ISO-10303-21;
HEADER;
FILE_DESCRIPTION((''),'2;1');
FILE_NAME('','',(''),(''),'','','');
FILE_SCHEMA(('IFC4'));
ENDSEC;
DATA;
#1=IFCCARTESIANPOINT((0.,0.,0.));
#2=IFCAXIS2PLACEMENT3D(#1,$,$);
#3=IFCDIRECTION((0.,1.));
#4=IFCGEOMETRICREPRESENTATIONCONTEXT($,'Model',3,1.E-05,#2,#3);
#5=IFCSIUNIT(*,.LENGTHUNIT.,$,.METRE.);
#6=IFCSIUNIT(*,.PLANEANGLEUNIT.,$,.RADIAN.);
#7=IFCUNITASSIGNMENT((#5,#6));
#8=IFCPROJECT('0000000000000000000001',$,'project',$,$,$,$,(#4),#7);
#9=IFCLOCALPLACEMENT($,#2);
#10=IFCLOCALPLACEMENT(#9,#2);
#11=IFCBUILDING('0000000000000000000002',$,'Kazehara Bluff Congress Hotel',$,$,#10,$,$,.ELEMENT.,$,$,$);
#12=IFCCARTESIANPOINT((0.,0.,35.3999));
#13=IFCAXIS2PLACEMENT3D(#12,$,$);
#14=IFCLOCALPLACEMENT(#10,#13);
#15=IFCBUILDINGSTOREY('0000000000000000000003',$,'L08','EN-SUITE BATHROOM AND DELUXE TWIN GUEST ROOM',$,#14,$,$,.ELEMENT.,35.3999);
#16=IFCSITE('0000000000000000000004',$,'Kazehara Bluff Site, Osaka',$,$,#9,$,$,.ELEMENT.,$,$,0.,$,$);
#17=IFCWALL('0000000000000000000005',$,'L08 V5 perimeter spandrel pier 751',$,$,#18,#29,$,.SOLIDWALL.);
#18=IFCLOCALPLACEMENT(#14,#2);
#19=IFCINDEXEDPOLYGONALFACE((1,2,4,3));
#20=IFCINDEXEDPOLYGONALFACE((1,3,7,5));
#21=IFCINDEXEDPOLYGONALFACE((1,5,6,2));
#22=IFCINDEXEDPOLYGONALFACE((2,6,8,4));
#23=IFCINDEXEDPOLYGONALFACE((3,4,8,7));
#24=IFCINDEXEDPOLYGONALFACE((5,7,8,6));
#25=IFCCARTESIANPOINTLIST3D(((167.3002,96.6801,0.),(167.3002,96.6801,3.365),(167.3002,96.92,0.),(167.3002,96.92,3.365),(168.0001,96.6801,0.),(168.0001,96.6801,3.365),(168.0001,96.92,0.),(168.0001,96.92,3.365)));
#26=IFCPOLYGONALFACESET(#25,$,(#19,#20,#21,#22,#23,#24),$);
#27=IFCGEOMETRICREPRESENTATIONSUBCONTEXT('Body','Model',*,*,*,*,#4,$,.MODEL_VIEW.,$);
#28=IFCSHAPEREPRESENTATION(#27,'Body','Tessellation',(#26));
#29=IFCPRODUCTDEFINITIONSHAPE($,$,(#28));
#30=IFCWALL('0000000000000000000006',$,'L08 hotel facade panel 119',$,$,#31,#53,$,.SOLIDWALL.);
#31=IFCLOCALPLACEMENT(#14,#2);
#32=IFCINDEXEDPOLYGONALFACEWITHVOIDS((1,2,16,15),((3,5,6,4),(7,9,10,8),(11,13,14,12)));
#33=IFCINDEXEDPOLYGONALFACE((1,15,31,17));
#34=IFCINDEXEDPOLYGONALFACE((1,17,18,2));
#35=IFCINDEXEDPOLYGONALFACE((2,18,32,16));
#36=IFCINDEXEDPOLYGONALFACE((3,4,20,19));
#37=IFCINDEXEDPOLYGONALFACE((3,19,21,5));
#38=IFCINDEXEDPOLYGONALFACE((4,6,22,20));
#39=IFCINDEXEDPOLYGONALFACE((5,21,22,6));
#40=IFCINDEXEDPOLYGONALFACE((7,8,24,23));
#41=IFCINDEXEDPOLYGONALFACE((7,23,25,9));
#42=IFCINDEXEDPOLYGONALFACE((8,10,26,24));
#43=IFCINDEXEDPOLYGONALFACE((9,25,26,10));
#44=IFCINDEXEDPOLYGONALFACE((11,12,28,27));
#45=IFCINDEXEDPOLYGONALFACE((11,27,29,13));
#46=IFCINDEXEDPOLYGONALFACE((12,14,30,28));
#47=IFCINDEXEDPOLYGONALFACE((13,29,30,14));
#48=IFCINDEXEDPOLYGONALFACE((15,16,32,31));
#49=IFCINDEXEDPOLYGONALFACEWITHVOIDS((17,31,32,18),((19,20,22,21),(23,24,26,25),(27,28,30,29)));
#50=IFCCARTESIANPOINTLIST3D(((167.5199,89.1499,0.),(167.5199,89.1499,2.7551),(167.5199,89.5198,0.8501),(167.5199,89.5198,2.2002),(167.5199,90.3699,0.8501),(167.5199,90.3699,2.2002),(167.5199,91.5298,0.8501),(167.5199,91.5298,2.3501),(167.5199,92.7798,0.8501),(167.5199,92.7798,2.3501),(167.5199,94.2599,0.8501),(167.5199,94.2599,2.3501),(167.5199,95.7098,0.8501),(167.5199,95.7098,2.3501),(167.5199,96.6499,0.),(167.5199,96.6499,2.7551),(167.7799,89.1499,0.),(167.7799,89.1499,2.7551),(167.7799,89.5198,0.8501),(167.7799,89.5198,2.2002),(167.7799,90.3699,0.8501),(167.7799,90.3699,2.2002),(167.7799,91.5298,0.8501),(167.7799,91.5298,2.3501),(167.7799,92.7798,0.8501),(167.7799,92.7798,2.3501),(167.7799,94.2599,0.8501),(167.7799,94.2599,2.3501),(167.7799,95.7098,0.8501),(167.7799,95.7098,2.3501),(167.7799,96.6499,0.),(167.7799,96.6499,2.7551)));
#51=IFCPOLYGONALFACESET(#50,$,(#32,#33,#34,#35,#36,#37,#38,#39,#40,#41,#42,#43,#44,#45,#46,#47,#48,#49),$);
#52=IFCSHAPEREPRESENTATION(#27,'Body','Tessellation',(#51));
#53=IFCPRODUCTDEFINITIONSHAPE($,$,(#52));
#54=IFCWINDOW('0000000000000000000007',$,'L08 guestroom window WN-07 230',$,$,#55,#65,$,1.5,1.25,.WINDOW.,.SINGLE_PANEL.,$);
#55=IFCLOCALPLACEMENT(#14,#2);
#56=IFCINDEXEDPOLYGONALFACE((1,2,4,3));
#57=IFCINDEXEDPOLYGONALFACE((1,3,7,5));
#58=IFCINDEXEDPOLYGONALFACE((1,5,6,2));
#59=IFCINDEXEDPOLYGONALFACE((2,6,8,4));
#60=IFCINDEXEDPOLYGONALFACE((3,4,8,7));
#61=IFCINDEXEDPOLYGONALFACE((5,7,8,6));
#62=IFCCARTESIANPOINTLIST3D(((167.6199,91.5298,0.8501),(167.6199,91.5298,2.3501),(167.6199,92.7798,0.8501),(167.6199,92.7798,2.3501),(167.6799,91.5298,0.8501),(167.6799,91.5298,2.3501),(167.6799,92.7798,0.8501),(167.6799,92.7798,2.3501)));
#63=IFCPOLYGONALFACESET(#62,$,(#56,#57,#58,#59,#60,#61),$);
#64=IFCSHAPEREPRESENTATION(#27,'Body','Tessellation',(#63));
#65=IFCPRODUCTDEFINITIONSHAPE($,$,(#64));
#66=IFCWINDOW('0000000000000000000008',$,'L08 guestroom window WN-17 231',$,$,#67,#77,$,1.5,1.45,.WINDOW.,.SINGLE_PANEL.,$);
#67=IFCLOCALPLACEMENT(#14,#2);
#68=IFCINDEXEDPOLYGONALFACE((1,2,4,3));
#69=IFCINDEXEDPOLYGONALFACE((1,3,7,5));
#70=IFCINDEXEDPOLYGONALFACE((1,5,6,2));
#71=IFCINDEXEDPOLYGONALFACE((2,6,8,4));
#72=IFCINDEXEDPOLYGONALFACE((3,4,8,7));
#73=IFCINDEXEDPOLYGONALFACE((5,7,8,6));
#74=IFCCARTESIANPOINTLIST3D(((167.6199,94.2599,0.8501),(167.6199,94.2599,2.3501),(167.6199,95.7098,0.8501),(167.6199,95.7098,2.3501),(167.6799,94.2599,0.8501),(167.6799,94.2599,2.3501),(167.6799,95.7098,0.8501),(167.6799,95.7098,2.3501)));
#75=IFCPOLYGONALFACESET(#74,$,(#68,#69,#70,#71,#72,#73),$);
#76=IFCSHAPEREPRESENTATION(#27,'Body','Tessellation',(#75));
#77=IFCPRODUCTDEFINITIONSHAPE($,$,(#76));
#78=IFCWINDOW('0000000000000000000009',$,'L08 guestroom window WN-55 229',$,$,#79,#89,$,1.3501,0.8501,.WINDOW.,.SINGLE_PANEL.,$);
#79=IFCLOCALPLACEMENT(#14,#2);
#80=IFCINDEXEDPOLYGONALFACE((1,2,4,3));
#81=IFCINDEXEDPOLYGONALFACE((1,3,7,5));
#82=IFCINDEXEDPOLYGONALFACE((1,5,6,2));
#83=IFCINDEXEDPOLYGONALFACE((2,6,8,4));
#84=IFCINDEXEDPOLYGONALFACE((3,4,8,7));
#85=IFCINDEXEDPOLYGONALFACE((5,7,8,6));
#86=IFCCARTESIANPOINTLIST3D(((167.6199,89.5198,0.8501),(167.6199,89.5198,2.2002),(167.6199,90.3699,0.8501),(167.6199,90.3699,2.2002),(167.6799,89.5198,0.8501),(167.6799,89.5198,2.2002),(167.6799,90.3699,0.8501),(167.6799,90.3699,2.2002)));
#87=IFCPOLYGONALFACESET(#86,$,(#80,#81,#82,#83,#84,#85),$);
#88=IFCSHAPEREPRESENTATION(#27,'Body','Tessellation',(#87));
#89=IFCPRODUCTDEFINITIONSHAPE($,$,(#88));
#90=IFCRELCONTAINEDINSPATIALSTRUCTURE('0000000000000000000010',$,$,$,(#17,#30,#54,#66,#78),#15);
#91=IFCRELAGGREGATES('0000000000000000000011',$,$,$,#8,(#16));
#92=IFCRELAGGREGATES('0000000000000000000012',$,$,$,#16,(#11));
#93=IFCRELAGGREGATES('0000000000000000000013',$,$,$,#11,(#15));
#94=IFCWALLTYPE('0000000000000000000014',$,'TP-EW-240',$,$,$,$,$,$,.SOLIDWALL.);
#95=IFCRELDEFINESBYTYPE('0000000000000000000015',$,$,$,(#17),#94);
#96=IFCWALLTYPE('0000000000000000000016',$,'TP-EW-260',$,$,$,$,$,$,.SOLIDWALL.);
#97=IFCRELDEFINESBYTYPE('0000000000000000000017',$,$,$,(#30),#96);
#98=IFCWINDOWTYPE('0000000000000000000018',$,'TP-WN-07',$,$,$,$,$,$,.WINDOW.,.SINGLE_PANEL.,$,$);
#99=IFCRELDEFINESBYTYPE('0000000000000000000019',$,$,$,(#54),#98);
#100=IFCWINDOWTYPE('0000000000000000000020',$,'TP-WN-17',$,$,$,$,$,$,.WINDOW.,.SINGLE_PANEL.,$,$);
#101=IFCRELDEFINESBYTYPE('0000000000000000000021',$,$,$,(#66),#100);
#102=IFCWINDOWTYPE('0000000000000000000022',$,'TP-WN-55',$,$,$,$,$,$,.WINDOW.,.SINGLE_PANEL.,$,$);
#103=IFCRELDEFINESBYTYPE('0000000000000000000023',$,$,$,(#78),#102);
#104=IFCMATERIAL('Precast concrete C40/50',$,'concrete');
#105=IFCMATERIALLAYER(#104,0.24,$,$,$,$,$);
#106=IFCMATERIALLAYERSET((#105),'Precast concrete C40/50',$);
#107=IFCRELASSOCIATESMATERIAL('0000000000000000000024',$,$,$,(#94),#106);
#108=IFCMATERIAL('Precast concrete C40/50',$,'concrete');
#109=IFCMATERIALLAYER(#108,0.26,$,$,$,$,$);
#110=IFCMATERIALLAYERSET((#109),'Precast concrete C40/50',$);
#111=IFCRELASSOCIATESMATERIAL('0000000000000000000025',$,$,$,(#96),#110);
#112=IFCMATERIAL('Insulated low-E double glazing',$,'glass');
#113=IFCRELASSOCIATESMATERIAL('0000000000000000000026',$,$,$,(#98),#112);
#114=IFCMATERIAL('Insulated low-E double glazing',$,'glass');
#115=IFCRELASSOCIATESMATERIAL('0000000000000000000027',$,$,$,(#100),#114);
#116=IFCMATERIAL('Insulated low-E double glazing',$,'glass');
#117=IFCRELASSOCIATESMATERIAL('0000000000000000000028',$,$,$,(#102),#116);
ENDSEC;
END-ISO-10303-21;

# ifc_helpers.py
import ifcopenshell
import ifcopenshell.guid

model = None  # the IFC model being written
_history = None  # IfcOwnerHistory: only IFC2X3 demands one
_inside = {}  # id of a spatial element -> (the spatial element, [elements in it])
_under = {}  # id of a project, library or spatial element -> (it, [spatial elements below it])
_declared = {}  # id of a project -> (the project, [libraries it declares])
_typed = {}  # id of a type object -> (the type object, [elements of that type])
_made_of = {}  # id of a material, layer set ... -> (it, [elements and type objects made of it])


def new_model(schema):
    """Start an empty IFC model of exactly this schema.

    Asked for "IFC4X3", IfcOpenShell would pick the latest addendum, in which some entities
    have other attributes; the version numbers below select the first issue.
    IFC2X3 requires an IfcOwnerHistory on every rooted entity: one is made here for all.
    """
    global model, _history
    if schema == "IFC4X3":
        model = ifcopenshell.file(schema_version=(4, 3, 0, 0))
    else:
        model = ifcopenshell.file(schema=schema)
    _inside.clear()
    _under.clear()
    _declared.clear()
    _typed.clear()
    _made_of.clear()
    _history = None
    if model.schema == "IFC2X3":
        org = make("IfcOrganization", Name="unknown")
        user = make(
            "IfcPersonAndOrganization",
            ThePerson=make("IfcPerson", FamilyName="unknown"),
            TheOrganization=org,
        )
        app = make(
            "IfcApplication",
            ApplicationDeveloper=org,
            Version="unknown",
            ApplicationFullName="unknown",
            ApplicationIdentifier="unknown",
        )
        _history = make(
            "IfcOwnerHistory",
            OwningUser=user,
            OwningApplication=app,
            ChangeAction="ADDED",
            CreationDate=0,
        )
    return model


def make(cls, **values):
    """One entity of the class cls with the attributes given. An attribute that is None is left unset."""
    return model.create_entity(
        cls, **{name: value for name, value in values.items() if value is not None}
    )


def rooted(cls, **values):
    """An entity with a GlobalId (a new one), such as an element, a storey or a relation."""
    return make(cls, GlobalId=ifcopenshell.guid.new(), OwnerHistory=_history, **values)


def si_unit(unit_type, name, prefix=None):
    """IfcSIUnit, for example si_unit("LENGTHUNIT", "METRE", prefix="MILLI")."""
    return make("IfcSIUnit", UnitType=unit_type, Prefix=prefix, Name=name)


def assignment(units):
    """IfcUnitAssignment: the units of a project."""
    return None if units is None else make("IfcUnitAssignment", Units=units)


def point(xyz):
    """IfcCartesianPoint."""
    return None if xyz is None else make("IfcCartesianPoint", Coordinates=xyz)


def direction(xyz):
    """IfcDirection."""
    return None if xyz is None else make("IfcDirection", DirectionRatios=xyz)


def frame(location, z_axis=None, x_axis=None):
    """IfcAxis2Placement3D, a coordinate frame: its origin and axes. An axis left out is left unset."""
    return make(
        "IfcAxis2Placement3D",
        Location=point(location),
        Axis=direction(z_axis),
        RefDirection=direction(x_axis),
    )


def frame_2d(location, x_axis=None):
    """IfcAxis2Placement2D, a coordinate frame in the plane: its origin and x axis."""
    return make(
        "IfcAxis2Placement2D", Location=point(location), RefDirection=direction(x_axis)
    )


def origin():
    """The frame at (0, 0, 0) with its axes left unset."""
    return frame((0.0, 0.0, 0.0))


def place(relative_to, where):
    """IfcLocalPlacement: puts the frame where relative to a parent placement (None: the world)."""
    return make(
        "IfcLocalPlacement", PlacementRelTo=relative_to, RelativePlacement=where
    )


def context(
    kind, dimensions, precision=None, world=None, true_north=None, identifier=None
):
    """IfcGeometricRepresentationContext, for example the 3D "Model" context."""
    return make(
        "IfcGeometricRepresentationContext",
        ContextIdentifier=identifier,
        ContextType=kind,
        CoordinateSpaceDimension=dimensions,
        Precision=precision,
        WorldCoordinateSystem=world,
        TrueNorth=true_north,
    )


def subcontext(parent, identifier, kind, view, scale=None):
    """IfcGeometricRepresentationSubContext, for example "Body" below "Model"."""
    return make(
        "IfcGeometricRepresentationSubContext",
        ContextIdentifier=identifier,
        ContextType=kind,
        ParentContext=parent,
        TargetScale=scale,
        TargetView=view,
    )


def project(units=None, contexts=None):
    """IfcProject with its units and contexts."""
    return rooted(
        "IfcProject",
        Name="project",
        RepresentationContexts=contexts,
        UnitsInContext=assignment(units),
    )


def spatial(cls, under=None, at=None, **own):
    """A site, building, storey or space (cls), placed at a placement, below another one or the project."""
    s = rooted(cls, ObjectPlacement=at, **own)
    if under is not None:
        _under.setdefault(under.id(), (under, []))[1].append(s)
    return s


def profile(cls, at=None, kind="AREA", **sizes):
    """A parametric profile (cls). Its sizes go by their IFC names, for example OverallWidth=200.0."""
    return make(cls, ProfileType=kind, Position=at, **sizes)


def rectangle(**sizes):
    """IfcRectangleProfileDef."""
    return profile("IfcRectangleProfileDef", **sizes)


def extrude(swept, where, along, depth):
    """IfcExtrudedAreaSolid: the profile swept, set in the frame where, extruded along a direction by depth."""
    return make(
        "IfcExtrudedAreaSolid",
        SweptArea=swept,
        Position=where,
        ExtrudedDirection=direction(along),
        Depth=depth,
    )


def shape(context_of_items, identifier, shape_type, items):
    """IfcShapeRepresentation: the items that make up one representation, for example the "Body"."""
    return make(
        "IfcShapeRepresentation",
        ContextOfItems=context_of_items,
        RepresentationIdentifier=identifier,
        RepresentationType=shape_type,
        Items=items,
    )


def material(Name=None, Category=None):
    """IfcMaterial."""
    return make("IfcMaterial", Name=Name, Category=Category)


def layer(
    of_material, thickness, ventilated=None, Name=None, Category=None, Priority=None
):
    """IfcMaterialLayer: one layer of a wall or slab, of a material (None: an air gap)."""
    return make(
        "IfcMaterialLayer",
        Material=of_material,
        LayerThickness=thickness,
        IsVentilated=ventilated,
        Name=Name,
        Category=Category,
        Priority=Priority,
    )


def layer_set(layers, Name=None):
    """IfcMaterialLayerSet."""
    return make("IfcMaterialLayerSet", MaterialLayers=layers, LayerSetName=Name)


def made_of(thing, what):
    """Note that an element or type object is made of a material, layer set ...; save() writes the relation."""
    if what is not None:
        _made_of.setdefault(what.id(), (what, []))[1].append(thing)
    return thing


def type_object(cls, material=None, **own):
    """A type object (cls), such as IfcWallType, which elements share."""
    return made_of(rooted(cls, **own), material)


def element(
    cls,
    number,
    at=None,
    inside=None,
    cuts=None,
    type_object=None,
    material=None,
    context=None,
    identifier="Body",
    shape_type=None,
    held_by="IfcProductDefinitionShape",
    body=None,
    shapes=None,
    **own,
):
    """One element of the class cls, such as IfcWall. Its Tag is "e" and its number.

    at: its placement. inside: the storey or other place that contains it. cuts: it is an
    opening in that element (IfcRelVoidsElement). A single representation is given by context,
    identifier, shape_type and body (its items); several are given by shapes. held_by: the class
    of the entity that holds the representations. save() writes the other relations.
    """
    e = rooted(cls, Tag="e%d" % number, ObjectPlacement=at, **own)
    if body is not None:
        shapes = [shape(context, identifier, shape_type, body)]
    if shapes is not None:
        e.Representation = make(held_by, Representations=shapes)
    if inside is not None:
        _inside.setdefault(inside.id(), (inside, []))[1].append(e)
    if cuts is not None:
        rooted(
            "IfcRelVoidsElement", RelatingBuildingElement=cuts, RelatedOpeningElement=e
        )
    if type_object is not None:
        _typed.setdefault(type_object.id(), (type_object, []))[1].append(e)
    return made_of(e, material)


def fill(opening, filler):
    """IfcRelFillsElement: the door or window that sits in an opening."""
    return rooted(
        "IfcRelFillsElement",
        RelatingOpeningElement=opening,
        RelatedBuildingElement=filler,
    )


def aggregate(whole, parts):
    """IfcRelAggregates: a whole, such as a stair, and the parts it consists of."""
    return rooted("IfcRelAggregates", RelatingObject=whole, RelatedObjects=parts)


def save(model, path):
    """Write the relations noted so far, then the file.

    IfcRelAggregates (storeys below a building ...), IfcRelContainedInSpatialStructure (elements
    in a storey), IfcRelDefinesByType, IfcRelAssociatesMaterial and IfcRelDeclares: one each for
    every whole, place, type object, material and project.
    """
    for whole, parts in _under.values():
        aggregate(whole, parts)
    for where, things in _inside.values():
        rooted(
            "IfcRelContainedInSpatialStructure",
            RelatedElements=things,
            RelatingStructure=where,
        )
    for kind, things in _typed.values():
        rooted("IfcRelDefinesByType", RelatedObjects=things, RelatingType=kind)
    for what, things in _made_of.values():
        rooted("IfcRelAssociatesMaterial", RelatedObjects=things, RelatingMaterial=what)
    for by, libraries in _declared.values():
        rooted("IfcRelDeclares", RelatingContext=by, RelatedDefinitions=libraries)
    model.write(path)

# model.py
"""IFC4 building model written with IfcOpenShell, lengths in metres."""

from ifc_helpers import new_model, si_unit, direction, frame, frame_2d, origin, place, context, subcontext, project, spatial, rectangle, extrude, material, layer, layer_set, type_object, element, fill, save


model = new_model("IFC4")

# Units and contexts
model_context = context("Model", 3, precision=1e-05, world=origin(), true_north=direction((0.0, 1.0)))
body_context = subcontext(model_context, "Body", "Model", "MODEL_VIEW")
ifc_project = project(units=[si_unit("LENGTHUNIT", "METRE"), si_unit("PLANEANGLEUNIT", "RADIAN")], contexts=[model_context])

# Site, building, storey
site_placement = place(None, origin())
site = spatial("IfcSite", under=ifc_project, at=site_placement, Name="Kazehara Bluff Site, Osaka", CompositionType="ELEMENT", RefElevation=0.0)
building_placement = place(site_placement, origin())
building = spatial("IfcBuilding", under=site, at=building_placement, Name="Kazehara Bluff Congress Hotel", CompositionType="ELEMENT")
storey_placement = place(building_placement, frame((0.0, 0.0, 35.3999)))
storey = spatial("IfcBuildingStorey", under=building, at=storey_placement, Name="L08", Description="EN-SUITE BATHROOM AND DELUXE TWIN GUEST ROOM", CompositionType="ELEMENT", Elevation=35.3999)

# Wall
ifc_material_1 = material(Name="Precast concrete C40/50", Category="concrete")
ifc_layer_1 = layer(ifc_material_1, 0.24)
ifc_layer_set_1 = layer_set([ifc_layer_1], Name="Precast concrete C40/50")
wall_type_1 = type_object("IfcWallType", Name="TP-EW-240", PredefinedType="SOLIDWALL", material=ifc_layer_set_1)
wall_1_placement = place(storey_placement, frame((167.3, 96.8, 0.0), z_axis=(0.0, 0.0, 1.0), x_axis=(1.0, 0.0, 0.0)))
element("IfcWall", 1, at=wall_1_placement, inside=storey, type_object=wall_type_1, Name="L08 V5 perimeter spandrel pier 751", PredefinedType="SOLIDWALL", context=body_context, shape_type="SweptSolid", body=[
    extrude(rectangle(XDim=0.7, YDim=0.24, at=frame_2d((0.3501, 0.0))), origin(), (0.0, 0.0, 1.0), 3.365),
])

# Wall, openings, windows
ifc_material_2 = material(Name="Precast concrete C40/50", Category="concrete")
ifc_layer_2 = layer(ifc_material_2, 0.26)
ifc_layer_set_2 = layer_set([ifc_layer_2], Name="Precast concrete C40/50")
wall_type_2 = type_object("IfcWallType", Name="TP-EW-260", PredefinedType="SOLIDWALL", material=ifc_layer_set_2)
wall_2_placement = place(storey_placement, frame((167.6499, 96.6499, 0.0), z_axis=(0.0, 0.0, 1.0), x_axis=(0.0, -1.0, 0.0)))
wall_2 = element("IfcWall", 2, at=wall_2_placement, inside=storey, type_object=wall_type_2, Name="L08 hotel facade panel 119", PredefinedType="SOLIDWALL", context=body_context, shape_type="SweptSolid", body=[
    extrude(rectangle(XDim=7.5, YDim=0.26, at=frame_2d((3.75, 0.0))), origin(), (0.0, 0.0, 1.0), 2.7551),
])
opening_1_placement = place(wall_2_placement, frame((6.28, 0.0, 0.8501)))
opening_1 = element("IfcOpeningElement", 3, at=opening_1_placement, cuts=wall_2, PredefinedType="OPENING", context=body_context, shape_type="SweptSolid", body=[
    extrude(rectangle(XDim=0.8501, YDim=1.3501, at=frame_2d((0.425, 0.675))), frame((0.0, 0.1399, 0.0), z_axis=(0.0, -1.0, 0.0), x_axis=(1.0, 0.0, 0.0)), (0.0, 0.0, 1.0), 0.28),
])
opening_2_placement = place(wall_2_placement, frame((3.8701, 0.0, 0.8501)))
opening_2 = element("IfcOpeningElement", 4, at=opening_2_placement, cuts=wall_2, PredefinedType="OPENING", context=body_context, shape_type="SweptSolid", body=[
    extrude(rectangle(XDim=1.25, YDim=1.5, at=frame_2d((0.625, 0.75))), frame((0.0, 0.1399, 0.0), z_axis=(0.0, -1.0, 0.0), x_axis=(1.0, 0.0, 0.0)), (0.0, 0.0, 1.0), 0.28),
])
opening_3_placement = place(wall_2_placement, frame((0.9399, 0.0, 0.8501)))
opening_3 = element("IfcOpeningElement", 5, at=opening_3_placement, cuts=wall_2, PredefinedType="OPENING", context=body_context, shape_type="SweptSolid", body=[
    extrude(rectangle(XDim=1.45, YDim=1.5, at=frame_2d((0.7251, 0.75))), frame((0.0, 0.1399, 0.0), z_axis=(0.0, -1.0, 0.0), x_axis=(1.0, 0.0, 0.0)), (0.0, 0.0, 1.0), 0.28),
])
ifc_material_3 = material(Name="Insulated low-E double glazing", Category="glass")
window_type_1 = type_object("IfcWindowType", Name="TP-WN-07", PartitioningType="SINGLE_PANEL", PredefinedType="WINDOW", material=ifc_material_3)
window_1_placement = place(opening_2_placement, origin())
window_1 = element("IfcWindow", 6, at=window_1_placement, inside=storey, type_object=window_type_1, Name="L08 guestroom window WN-07 230", OverallHeight=1.5, OverallWidth=1.25, PartitioningType="SINGLE_PANEL", PredefinedType="WINDOW", context=body_context, shape_type="SweptSolid", body=[
    extrude(rectangle(XDim=1.25, YDim=1.5, at=frame_2d((0.625, 0.75))), frame((0.0, 0.03, 0.0), z_axis=(0.0, -1.0, 0.0), x_axis=(1.0, 0.0, 0.0)), (0.0, 0.0, 1.0), 0.0601),
])
fill(opening_2, window_1)
ifc_material_4 = material(Name="Insulated low-E double glazing", Category="glass")
window_type_2 = type_object("IfcWindowType", Name="TP-WN-17", PartitioningType="SINGLE_PANEL", PredefinedType="WINDOW", material=ifc_material_4)
window_2_placement = place(opening_3_placement, origin())
window_2 = element("IfcWindow", 7, at=window_2_placement, inside=storey, type_object=window_type_2, Name="L08 guestroom window WN-17 231", OverallHeight=1.5, OverallWidth=1.45, PartitioningType="SINGLE_PANEL", PredefinedType="WINDOW", context=body_context, shape_type="SweptSolid", body=[
    extrude(rectangle(XDim=1.45, YDim=1.5, at=frame_2d((0.7251, 0.75))), frame((0.0, 0.03, 0.0), z_axis=(0.0, -1.0, 0.0), x_axis=(1.0, 0.0, 0.0)), (0.0, 0.0, 1.0), 0.0601),
])
fill(opening_3, window_2)
ifc_material_5 = material(Name="Insulated low-E double glazing", Category="glass")
window_type_3 = type_object("IfcWindowType", Name="TP-WN-55", PartitioningType="SINGLE_PANEL", PredefinedType="WINDOW", material=ifc_material_5)
window_3_placement = place(opening_1_placement, origin())
window_3 = element("IfcWindow", 8, at=window_3_placement, inside=storey, type_object=window_type_3, Name="L08 guestroom window WN-55 229", OverallHeight=1.3501, OverallWidth=0.8501, PartitioningType="SINGLE_PANEL", PredefinedType="WINDOW", context=body_context, shape_type="SweptSolid", body=[
    extrude(rectangle(XDim=0.8501, YDim=1.3501, at=frame_2d((0.425, 0.675))), frame((0.0, 0.03, 0.0), z_axis=(0.0, -1.0, 0.0), x_axis=(1.0, 0.0, 0.0)), (0.0, 0.0, 1.0), 0.0601),
])
fill(opening_1, window_3)

save(model, "model.ifc")
